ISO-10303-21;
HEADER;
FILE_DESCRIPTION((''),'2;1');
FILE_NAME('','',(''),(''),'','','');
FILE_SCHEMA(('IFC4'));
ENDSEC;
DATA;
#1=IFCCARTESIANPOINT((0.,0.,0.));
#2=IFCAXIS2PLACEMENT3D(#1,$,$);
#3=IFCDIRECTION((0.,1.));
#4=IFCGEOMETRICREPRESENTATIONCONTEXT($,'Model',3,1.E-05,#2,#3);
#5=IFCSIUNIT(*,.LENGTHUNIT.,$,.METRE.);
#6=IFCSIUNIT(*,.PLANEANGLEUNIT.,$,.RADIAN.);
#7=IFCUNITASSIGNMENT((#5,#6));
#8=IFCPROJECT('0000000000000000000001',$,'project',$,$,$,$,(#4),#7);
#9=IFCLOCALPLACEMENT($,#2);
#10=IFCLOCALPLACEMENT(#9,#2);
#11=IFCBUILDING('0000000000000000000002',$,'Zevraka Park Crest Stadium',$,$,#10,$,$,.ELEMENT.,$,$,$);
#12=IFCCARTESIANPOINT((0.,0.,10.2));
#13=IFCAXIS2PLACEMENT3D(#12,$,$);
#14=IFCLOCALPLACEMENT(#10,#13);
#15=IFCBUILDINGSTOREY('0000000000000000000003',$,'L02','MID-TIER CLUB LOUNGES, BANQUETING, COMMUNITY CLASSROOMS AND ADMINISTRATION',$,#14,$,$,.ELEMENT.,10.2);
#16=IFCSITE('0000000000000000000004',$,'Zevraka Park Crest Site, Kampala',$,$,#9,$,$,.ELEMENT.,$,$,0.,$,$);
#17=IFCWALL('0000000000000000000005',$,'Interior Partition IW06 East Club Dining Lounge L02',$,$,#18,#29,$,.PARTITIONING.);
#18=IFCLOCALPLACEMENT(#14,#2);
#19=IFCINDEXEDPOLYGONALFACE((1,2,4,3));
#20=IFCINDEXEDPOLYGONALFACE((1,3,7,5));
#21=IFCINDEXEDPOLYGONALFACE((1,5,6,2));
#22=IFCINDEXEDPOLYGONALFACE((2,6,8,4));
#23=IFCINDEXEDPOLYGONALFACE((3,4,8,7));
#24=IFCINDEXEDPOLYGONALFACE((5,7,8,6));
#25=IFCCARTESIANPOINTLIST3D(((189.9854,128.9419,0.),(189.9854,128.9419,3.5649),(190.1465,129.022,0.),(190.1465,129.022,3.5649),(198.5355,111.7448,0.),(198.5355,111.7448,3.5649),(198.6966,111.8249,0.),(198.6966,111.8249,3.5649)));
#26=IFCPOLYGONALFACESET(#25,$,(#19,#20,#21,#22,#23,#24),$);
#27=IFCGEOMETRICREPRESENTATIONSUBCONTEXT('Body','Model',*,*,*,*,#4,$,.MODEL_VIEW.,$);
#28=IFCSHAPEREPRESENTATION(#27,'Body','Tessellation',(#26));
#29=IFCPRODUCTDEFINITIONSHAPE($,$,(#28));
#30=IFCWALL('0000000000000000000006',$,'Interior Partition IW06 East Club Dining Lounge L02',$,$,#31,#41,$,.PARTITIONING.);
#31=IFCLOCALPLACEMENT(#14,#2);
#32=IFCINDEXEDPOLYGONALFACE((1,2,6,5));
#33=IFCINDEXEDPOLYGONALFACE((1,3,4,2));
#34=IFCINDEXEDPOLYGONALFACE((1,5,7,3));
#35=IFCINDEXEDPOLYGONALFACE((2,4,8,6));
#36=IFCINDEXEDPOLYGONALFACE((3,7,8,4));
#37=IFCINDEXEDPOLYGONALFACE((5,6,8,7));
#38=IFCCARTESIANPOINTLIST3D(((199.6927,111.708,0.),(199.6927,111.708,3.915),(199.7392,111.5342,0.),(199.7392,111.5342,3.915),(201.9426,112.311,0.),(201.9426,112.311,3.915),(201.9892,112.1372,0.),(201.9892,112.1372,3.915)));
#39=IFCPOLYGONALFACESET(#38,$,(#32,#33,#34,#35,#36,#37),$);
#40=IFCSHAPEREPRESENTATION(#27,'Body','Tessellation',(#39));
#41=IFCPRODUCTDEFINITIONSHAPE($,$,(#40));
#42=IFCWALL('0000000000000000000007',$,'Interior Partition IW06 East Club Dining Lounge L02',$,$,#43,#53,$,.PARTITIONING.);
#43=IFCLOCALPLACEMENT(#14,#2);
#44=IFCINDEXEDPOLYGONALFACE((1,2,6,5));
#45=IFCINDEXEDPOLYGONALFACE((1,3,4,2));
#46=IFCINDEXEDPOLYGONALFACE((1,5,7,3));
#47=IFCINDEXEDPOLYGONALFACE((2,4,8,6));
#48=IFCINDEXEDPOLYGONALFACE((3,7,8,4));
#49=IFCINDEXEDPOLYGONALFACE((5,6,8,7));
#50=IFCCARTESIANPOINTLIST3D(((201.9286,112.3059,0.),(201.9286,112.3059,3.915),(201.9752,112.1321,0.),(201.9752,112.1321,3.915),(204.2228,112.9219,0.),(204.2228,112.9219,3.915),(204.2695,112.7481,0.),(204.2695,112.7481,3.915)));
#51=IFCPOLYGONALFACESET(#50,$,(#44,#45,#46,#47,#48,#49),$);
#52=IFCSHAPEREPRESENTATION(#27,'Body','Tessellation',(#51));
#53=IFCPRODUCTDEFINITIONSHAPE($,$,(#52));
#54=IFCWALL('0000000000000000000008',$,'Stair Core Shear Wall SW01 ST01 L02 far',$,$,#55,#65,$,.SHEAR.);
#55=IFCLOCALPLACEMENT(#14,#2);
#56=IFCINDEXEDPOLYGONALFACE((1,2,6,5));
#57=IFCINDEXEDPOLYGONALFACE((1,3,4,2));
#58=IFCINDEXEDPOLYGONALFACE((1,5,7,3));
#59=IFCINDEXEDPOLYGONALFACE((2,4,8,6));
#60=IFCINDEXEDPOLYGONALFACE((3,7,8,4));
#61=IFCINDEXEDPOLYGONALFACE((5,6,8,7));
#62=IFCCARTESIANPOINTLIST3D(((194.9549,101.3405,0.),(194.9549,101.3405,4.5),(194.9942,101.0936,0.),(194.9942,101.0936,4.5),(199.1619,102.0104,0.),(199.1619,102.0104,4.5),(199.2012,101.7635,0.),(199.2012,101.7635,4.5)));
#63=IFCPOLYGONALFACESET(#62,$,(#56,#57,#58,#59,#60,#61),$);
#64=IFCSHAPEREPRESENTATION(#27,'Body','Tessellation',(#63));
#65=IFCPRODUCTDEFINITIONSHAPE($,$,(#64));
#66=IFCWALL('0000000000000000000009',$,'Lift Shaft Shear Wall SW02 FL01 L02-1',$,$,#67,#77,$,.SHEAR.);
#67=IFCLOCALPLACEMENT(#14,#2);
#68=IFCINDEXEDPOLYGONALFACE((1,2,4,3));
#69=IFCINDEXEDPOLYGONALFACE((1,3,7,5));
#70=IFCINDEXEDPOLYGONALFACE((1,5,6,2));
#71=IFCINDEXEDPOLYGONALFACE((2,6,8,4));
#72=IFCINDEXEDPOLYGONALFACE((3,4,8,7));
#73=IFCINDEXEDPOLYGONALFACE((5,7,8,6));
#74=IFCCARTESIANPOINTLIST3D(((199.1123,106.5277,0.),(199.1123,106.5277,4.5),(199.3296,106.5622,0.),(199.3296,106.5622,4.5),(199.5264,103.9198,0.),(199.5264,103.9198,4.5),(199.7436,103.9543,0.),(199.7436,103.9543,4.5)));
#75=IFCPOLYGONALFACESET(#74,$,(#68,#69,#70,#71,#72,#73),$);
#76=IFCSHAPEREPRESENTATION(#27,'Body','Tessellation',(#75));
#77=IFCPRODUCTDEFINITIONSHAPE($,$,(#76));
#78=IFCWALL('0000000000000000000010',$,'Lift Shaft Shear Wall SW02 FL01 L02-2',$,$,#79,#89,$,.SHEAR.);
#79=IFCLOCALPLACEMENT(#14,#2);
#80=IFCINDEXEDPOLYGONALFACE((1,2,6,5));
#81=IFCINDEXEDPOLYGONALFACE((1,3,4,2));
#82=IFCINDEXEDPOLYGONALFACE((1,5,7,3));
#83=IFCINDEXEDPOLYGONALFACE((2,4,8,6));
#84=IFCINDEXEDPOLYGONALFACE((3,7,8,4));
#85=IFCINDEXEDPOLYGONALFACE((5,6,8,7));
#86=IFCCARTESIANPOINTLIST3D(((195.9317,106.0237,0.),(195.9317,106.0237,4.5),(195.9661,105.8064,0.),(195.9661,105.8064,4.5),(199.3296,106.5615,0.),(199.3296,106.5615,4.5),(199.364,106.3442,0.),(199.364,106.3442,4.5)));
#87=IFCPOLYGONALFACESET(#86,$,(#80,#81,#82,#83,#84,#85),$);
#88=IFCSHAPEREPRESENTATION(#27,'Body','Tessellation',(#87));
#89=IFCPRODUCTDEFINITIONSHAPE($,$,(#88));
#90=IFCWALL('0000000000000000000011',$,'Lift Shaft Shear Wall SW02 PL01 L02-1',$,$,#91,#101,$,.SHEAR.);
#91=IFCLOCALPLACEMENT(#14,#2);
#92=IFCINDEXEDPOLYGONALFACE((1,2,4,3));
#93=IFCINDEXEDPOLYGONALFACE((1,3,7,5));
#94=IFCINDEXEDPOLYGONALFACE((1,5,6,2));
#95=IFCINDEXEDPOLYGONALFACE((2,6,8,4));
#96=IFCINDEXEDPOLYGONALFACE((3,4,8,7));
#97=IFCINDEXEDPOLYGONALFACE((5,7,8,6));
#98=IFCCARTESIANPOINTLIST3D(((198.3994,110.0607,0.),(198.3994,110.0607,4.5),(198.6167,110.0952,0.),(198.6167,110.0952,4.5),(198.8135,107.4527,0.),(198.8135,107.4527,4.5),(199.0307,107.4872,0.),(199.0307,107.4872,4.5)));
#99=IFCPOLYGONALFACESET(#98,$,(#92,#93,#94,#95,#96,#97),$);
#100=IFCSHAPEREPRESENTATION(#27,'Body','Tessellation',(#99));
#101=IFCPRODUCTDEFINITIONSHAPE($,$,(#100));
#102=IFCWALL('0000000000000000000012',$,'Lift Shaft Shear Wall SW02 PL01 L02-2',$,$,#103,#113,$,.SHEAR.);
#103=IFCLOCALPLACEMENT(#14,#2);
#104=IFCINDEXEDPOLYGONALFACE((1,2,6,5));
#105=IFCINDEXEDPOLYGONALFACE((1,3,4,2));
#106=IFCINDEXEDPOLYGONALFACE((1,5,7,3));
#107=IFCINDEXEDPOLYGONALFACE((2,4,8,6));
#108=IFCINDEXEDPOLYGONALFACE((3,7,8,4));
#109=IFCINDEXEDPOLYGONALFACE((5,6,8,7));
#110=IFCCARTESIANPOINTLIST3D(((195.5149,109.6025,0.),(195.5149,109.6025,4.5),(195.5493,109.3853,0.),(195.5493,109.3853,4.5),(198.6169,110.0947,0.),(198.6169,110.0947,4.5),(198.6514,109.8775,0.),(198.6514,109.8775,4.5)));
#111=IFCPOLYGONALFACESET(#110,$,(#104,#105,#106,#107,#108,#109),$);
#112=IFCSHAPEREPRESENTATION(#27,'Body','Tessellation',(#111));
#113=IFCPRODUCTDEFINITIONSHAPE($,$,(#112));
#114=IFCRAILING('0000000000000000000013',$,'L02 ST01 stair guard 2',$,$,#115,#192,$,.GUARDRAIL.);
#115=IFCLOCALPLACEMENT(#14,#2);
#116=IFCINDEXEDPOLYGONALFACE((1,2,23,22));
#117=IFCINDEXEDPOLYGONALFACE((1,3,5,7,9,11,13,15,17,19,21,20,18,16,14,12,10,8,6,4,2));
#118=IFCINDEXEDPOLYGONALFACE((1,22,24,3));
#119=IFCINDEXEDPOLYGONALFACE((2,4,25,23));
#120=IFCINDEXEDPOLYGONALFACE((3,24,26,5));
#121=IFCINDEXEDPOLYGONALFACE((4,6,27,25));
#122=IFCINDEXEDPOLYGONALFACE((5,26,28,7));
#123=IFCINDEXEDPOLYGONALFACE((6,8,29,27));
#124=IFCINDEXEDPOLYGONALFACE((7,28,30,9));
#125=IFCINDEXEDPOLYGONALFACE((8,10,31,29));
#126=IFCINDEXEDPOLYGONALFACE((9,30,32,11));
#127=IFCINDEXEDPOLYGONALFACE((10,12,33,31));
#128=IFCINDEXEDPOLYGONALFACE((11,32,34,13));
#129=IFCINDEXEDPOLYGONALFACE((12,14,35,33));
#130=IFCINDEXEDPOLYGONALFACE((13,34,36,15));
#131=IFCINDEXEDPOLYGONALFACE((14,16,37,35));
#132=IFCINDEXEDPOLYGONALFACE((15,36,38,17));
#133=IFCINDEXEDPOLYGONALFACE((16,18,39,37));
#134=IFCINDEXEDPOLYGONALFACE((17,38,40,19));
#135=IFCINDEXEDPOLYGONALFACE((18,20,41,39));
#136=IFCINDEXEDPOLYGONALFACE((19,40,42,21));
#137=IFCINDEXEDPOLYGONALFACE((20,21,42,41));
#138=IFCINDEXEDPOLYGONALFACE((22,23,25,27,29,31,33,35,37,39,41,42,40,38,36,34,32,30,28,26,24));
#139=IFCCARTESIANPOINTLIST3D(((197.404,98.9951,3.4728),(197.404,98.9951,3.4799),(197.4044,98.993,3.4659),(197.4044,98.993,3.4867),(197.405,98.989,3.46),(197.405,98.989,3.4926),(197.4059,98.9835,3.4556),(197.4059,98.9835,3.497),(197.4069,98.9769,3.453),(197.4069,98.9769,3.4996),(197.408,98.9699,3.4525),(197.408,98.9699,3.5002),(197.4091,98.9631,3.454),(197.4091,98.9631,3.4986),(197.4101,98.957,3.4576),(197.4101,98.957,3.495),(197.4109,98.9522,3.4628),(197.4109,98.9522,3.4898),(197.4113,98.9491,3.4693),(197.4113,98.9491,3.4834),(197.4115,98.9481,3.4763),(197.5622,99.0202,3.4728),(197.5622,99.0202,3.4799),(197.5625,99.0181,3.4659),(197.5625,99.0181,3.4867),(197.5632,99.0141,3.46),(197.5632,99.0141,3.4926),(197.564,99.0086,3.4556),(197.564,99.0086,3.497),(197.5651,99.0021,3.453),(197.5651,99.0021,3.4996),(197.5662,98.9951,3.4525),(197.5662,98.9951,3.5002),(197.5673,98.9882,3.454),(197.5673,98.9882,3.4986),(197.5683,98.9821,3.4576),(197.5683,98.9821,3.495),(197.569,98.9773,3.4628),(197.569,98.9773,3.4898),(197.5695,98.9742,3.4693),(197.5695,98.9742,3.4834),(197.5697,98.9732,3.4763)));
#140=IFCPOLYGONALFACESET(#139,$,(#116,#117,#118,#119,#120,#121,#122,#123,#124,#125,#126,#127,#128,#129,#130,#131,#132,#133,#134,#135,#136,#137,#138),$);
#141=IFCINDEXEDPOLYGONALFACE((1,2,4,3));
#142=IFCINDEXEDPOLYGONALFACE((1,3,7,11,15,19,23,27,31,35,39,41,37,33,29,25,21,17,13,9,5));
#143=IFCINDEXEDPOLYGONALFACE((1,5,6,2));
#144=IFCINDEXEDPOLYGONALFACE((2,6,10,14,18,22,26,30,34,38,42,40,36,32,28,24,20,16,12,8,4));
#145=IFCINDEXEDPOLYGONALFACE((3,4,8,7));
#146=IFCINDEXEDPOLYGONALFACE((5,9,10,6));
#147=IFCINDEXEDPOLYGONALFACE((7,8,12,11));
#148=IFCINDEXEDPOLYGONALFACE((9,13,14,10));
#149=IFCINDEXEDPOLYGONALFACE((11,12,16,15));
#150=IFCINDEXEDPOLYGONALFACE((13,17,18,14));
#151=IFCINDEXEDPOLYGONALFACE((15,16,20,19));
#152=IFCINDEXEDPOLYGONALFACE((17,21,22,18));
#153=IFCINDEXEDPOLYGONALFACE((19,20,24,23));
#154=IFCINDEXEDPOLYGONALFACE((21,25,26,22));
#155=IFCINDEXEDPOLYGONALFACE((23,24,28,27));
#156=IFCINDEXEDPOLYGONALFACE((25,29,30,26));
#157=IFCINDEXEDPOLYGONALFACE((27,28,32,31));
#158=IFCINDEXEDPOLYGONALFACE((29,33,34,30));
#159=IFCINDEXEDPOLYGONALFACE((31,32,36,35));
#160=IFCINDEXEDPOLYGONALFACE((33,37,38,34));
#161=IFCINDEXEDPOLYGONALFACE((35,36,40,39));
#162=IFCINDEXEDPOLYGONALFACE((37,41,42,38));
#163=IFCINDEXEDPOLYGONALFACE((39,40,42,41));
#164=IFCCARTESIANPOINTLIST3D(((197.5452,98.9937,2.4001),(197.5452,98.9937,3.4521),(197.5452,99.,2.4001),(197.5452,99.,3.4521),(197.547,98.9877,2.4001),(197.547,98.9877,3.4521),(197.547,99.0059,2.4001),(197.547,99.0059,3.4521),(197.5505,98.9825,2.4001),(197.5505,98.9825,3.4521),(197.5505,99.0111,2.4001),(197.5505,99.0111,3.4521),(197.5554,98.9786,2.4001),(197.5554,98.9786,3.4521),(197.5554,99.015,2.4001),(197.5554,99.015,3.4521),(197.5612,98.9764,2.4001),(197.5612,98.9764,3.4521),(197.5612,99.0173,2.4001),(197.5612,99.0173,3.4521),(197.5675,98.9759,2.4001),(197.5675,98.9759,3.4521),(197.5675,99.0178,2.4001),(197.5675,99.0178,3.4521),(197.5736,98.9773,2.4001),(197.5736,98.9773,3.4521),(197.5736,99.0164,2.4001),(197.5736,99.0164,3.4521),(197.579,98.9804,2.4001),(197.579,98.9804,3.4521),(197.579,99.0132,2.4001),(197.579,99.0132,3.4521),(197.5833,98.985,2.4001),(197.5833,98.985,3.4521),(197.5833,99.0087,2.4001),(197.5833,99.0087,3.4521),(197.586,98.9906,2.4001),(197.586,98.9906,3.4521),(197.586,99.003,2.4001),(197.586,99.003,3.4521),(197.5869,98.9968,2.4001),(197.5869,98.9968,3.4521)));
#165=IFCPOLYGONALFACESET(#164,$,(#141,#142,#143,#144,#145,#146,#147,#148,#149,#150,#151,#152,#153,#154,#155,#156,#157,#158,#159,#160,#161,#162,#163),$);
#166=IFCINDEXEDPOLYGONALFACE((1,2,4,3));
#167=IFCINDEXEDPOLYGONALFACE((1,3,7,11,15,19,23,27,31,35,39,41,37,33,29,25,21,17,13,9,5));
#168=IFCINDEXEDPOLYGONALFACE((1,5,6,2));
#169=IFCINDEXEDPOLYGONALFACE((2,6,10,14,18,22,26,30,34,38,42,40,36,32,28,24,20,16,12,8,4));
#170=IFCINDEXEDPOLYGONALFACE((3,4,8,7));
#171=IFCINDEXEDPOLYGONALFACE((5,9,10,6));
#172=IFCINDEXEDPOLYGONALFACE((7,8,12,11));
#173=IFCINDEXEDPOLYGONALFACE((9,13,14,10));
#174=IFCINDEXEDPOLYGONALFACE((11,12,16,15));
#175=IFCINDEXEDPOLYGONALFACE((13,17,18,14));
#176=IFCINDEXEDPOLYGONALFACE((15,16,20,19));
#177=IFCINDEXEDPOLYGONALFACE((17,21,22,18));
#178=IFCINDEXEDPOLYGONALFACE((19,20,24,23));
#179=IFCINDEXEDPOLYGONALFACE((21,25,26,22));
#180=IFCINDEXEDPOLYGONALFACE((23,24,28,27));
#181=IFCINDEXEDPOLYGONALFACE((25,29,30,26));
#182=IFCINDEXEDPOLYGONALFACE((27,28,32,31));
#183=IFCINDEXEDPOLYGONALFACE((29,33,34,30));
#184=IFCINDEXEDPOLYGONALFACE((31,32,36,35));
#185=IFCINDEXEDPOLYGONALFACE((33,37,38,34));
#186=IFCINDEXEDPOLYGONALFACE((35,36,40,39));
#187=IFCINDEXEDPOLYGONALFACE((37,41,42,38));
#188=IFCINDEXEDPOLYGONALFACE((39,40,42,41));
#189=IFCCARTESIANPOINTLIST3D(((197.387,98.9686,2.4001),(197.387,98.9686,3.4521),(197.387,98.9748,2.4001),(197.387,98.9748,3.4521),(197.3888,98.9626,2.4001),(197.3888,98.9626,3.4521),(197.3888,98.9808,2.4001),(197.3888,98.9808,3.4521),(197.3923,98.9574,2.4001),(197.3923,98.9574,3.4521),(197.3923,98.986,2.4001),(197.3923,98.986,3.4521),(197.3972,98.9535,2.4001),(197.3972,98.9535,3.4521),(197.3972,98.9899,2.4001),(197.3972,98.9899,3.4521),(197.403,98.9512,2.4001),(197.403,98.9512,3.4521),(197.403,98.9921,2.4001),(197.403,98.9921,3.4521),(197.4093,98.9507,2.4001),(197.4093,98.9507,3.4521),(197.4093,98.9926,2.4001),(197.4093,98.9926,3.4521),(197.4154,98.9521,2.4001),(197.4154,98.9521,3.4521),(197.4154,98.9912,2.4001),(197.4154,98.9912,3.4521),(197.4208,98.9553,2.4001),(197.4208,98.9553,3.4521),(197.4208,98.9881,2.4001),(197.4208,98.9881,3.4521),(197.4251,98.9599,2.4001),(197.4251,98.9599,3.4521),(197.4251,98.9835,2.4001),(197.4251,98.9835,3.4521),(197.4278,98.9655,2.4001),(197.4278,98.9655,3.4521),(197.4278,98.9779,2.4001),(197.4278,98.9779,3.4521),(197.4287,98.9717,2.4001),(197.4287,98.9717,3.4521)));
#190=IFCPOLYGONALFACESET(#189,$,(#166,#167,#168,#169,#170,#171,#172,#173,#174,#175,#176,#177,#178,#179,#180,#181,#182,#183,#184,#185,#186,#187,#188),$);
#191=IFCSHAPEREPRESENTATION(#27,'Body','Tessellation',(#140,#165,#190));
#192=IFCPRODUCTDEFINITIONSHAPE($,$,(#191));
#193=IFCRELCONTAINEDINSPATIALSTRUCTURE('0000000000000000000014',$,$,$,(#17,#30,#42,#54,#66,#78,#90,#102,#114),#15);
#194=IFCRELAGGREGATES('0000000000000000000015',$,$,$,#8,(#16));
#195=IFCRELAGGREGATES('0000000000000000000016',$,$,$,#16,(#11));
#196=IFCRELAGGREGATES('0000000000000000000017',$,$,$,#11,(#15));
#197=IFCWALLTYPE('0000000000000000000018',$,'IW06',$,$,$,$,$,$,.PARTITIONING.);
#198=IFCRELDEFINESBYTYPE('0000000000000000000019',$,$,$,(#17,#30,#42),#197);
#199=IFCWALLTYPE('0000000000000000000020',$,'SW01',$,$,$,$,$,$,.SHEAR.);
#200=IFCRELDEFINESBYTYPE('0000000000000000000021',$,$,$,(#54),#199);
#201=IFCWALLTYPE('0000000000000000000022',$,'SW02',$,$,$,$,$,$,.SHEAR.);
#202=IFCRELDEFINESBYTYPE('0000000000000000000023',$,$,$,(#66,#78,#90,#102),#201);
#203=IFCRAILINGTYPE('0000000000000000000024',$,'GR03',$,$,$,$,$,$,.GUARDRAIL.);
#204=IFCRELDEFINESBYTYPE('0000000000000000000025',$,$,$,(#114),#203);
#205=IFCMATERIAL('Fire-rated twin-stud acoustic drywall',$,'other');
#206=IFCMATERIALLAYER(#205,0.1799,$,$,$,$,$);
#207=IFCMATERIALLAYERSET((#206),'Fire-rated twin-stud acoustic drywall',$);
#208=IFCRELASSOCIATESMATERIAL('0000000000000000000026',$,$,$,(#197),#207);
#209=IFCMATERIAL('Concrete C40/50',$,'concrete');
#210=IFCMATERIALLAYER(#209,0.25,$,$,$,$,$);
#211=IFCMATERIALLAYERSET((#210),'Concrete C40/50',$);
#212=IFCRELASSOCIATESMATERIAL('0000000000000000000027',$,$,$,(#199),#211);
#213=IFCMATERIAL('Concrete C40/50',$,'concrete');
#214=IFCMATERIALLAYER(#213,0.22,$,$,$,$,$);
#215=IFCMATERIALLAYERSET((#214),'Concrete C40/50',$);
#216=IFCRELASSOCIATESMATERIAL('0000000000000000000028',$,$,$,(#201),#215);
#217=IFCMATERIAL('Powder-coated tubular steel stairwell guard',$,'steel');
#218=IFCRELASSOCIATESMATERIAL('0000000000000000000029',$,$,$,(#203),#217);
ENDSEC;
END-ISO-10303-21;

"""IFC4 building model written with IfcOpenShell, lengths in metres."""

from ifc_helpers import new_model, si_unit, direction, frame, frame_2d, origin, origin_2d, place, context, subcontext, project, spatial, rectangle, circle, extrude, material, layer, layer_set, type_object, element, save


model = new_model("IFC4")

# Units and contexts
model_context = context("Model", 3, precision=1e-05, world=origin(), true_north=direction((0.0, 1.0)))
body_context = subcontext(model_context, "Body", "Model", "MODEL_VIEW")
ifc_project = project(units=[si_unit("LENGTHUNIT", "METRE"), si_unit("PLANEANGLEUNIT", "RADIAN")], contexts=[model_context])

# Site, building, storey
site_placement = place(None, origin())
site = spatial("IfcSite", under=ifc_project, at=site_placement, Name="Zevraka Park Crest Site, Kampala", CompositionType="ELEMENT", RefElevation=0.0)
building_placement = place(site_placement, origin())
building = spatial("IfcBuilding", under=site, at=building_placement, Name="Zevraka Park Crest Stadium", CompositionType="ELEMENT")
storey_placement = place(building_placement, frame((0.0, 0.0, 10.2)))
storey = spatial("IfcBuildingStorey", under=building, at=storey_placement, Name="L02", Description="MID-TIER CLUB LOUNGES, BANQUETING, COMMUNITY CLASSROOMS AND ADMINISTRATION", CompositionType="ELEMENT", Elevation=10.2)

# Walls
ifc_material_1 = material(Name="Fire-rated twin-stud acoustic drywall", Category="other")
ifc_layer_1 = layer(ifc_material_1, 0.1799)
ifc_layer_set_1 = layer_set([ifc_layer_1], Name="Fire-rated twin-stud acoustic drywall")
wall_type_1 = type_object("IfcWallType", Name="IW06", PredefinedType="PARTITIONING", material=ifc_layer_set_1)
wall_1_placement = place(storey_placement, frame((198.616, 111.7849, 0.0), z_axis=(0.0, 0.0, 1.0), x_axis=(-0.445194, 0.895434, 0.0)))
element("IfcWall", 1, at=wall_1_placement, inside=storey, type_object=wall_type_1, Name="Interior Partition IW06 East Club Dining Lounge L02", PredefinedType="PARTITIONING", context=body_context, shape_type="SweptSolid", body=[
    extrude(rectangle(XDim=19.2053, YDim=0.1799, at=frame_2d((9.6025, 0.0))), origin(), (0.0, 0.0, 1.0), 3.5649),
])
wall_2_placement = place(storey_placement, frame((199.7161, 111.6211, 0.0), z_axis=(0.0, 0.0, 1.0), x_axis=(0.965911, 0.258876, 0.0)))
element("IfcWall", 2, at=wall_2_placement, inside=storey, type_object=wall_type_1, Name="Interior Partition IW06 East Club Dining Lounge L02", PredefinedType="PARTITIONING", context=body_context, shape_type="SweptSolid", body=[
    extrude(rectangle(XDim=2.3293, YDim=0.1799, at=frame_2d((1.1646, 0.0))), origin(), (0.0, 0.0, 1.0), 3.915),
])
wall_3_placement = place(storey_placement, frame((201.9519, 112.219, 0.0), z_axis=(0.0, 0.0, 1.0), x_axis=(0.965795, 0.259306, 0.0)))
element("IfcWall", 3, at=wall_3_placement, inside=storey, type_object=wall_type_1, Name="Interior Partition IW06 East Club Dining Lounge L02", PredefinedType="PARTITIONING", context=body_context, shape_type="SweptSolid", body=[
    extrude(rectangle(XDim=2.3755, YDim=0.1799, at=frame_2d((1.1877, 0.0))), origin(), (0.0, 0.0, 1.0), 3.915),
])
ifc_material_2 = material(Name="Concrete C40/50", Category="concrete")
ifc_layer_2 = layer(ifc_material_2, 0.25)
ifc_layer_set_2 = layer_set([ifc_layer_2], Name="Concrete C40/50")
wall_type_2 = type_object("IfcWallType", Name="SW01", PredefinedType="SHEAR", material=ifc_layer_set_2)
wall_4_placement = place(storey_placement, frame((199.1814, 101.887, 0.0), z_axis=(0.0, 0.0, 1.0), x_axis=(-0.987558, -0.157257, 0.0)))
element("IfcWall", 4, at=wall_4_placement, inside=storey, type_object=wall_type_2, Name="Stair Core Shear Wall SW01 ST01 L02 far", PredefinedType="SHEAR", context=body_context, shape_type="SweptSolid", body=[
    extrude(rectangle(XDim=4.26, YDim=0.25, at=frame_2d((2.1299, 0.0))), origin(), (0.0, 0.0, 1.0), 4.5),
])
ifc_material_3 = material(Name="Concrete C40/50", Category="concrete")
ifc_layer_3 = layer(ifc_material_3, 0.22)
ifc_layer_set_3 = layer_set([ifc_layer_3], Name="Concrete C40/50")
wall_type_3 = type_object("IfcWallType", Name="SW02", PredefinedType="SHEAR", material=ifc_layer_set_3)
wall_5_placement = place(storey_placement, frame((199.635, 103.937, 0.0), z_axis=(0.0, 0.0, 1.0), x_axis=(-0.156808, 0.987629, 0.0)))
element("IfcWall", 5, at=wall_5_placement, inside=storey, type_object=wall_type_3, Name="Lift Shaft Shear Wall SW02 FL01 L02-1", PredefinedType="SHEAR", context=body_context, shape_type="SweptSolid", body=[
    extrude(rectangle(XDim=2.6406, YDim=0.22, at=frame_2d((1.3203, 0.0))), origin(), (0.0, 0.0, 1.0), 4.5),
])
wall_6_placement = place(storey_placement, frame((199.3469, 106.4529, 0.0), z_axis=(0.0, 0.0, 1.0), x_axis=(-0.987704, -0.156338, 0.0)))
element("IfcWall", 6, at=wall_6_placement, inside=storey, type_object=wall_type_3, Name="Lift Shaft Shear Wall SW02 FL01 L02-2", PredefinedType="SHEAR", context=body_context, shape_type="SweptSolid", body=[
    extrude(rectangle(XDim=3.4402, YDim=0.22, at=frame_2d((1.7202, 0.0))), origin(), (0.0, 0.0, 1.0), 4.5),
])
wall_7_placement = place(storey_placement, frame((198.9221, 107.47, 0.0), z_axis=(0.0, 0.0, 1.0), x_axis=(-0.156808, 0.987629, 0.0)))
element("IfcWall", 7, at=wall_7_placement, inside=storey, type_object=wall_type_3, Name="Lift Shaft Shear Wall SW02 PL01 L02-1", PredefinedType="SHEAR", context=body_context, shape_type="SweptSolid", body=[
    extrude(rectangle(XDim=2.6406, YDim=0.22, at=frame_2d((1.3203, 0.0))), origin(), (0.0, 0.0, 1.0), 4.5),
])
wall_8_placement = place(storey_placement, frame((198.634, 109.9861, 0.0), z_axis=(0.0, 0.0, 1.0), x_axis=(-0.987645, -0.156705, 0.0)))
element("IfcWall", 8, at=wall_8_placement, inside=storey, type_object=wall_type_3, Name="Lift Shaft Shear Wall SW02 PL01 L02-2", PredefinedType="SHEAR", context=body_context, shape_type="SweptSolid", body=[
    extrude(rectangle(XDim=3.1409, YDim=0.22, at=frame_2d((1.5703, 0.0))), origin(), (0.0, 0.0, 1.0), 4.5),
])

# Railing
ifc_material_4 = material(Name="Powder-coated tubular steel stairwell guard", Category="steel")
railing_type = type_object("IfcRailingType", Name="GR03", PredefinedType="GUARDRAIL", material=ifc_material_4)
railing_1_placement = place(storey_placement, frame((197.5659, 98.9968, 2.4001)))
element("IfcRailing", 9, at=railing_1_placement, inside=storey, type_object=railing_type, Name="L02 ST01 stair guard 2", PredefinedType="GUARDRAIL", context=body_context, shape_type="SweptSolid", body=[
    extrude(circle(Radius=0.0239, at=origin_2d()), frame((0.0, 0.0, 1.0762), z_axis=(-0.987602, -0.15698, 0.0), x_axis=(0.15698, -0.987602, 0.0)), (0.0, 0.0, 1.0), 0.1602),
    extrude(circle(Radius=0.021, at=origin_2d()), origin(), (0.0, 0.0, 1.0), 1.052),
    extrude(circle(Radius=0.021, at=origin_2d()), frame((-0.1582, -0.0251, 0.0)), (0.0, 0.0, 1.0), 1.052),
])

save(model, "model.ifc")
